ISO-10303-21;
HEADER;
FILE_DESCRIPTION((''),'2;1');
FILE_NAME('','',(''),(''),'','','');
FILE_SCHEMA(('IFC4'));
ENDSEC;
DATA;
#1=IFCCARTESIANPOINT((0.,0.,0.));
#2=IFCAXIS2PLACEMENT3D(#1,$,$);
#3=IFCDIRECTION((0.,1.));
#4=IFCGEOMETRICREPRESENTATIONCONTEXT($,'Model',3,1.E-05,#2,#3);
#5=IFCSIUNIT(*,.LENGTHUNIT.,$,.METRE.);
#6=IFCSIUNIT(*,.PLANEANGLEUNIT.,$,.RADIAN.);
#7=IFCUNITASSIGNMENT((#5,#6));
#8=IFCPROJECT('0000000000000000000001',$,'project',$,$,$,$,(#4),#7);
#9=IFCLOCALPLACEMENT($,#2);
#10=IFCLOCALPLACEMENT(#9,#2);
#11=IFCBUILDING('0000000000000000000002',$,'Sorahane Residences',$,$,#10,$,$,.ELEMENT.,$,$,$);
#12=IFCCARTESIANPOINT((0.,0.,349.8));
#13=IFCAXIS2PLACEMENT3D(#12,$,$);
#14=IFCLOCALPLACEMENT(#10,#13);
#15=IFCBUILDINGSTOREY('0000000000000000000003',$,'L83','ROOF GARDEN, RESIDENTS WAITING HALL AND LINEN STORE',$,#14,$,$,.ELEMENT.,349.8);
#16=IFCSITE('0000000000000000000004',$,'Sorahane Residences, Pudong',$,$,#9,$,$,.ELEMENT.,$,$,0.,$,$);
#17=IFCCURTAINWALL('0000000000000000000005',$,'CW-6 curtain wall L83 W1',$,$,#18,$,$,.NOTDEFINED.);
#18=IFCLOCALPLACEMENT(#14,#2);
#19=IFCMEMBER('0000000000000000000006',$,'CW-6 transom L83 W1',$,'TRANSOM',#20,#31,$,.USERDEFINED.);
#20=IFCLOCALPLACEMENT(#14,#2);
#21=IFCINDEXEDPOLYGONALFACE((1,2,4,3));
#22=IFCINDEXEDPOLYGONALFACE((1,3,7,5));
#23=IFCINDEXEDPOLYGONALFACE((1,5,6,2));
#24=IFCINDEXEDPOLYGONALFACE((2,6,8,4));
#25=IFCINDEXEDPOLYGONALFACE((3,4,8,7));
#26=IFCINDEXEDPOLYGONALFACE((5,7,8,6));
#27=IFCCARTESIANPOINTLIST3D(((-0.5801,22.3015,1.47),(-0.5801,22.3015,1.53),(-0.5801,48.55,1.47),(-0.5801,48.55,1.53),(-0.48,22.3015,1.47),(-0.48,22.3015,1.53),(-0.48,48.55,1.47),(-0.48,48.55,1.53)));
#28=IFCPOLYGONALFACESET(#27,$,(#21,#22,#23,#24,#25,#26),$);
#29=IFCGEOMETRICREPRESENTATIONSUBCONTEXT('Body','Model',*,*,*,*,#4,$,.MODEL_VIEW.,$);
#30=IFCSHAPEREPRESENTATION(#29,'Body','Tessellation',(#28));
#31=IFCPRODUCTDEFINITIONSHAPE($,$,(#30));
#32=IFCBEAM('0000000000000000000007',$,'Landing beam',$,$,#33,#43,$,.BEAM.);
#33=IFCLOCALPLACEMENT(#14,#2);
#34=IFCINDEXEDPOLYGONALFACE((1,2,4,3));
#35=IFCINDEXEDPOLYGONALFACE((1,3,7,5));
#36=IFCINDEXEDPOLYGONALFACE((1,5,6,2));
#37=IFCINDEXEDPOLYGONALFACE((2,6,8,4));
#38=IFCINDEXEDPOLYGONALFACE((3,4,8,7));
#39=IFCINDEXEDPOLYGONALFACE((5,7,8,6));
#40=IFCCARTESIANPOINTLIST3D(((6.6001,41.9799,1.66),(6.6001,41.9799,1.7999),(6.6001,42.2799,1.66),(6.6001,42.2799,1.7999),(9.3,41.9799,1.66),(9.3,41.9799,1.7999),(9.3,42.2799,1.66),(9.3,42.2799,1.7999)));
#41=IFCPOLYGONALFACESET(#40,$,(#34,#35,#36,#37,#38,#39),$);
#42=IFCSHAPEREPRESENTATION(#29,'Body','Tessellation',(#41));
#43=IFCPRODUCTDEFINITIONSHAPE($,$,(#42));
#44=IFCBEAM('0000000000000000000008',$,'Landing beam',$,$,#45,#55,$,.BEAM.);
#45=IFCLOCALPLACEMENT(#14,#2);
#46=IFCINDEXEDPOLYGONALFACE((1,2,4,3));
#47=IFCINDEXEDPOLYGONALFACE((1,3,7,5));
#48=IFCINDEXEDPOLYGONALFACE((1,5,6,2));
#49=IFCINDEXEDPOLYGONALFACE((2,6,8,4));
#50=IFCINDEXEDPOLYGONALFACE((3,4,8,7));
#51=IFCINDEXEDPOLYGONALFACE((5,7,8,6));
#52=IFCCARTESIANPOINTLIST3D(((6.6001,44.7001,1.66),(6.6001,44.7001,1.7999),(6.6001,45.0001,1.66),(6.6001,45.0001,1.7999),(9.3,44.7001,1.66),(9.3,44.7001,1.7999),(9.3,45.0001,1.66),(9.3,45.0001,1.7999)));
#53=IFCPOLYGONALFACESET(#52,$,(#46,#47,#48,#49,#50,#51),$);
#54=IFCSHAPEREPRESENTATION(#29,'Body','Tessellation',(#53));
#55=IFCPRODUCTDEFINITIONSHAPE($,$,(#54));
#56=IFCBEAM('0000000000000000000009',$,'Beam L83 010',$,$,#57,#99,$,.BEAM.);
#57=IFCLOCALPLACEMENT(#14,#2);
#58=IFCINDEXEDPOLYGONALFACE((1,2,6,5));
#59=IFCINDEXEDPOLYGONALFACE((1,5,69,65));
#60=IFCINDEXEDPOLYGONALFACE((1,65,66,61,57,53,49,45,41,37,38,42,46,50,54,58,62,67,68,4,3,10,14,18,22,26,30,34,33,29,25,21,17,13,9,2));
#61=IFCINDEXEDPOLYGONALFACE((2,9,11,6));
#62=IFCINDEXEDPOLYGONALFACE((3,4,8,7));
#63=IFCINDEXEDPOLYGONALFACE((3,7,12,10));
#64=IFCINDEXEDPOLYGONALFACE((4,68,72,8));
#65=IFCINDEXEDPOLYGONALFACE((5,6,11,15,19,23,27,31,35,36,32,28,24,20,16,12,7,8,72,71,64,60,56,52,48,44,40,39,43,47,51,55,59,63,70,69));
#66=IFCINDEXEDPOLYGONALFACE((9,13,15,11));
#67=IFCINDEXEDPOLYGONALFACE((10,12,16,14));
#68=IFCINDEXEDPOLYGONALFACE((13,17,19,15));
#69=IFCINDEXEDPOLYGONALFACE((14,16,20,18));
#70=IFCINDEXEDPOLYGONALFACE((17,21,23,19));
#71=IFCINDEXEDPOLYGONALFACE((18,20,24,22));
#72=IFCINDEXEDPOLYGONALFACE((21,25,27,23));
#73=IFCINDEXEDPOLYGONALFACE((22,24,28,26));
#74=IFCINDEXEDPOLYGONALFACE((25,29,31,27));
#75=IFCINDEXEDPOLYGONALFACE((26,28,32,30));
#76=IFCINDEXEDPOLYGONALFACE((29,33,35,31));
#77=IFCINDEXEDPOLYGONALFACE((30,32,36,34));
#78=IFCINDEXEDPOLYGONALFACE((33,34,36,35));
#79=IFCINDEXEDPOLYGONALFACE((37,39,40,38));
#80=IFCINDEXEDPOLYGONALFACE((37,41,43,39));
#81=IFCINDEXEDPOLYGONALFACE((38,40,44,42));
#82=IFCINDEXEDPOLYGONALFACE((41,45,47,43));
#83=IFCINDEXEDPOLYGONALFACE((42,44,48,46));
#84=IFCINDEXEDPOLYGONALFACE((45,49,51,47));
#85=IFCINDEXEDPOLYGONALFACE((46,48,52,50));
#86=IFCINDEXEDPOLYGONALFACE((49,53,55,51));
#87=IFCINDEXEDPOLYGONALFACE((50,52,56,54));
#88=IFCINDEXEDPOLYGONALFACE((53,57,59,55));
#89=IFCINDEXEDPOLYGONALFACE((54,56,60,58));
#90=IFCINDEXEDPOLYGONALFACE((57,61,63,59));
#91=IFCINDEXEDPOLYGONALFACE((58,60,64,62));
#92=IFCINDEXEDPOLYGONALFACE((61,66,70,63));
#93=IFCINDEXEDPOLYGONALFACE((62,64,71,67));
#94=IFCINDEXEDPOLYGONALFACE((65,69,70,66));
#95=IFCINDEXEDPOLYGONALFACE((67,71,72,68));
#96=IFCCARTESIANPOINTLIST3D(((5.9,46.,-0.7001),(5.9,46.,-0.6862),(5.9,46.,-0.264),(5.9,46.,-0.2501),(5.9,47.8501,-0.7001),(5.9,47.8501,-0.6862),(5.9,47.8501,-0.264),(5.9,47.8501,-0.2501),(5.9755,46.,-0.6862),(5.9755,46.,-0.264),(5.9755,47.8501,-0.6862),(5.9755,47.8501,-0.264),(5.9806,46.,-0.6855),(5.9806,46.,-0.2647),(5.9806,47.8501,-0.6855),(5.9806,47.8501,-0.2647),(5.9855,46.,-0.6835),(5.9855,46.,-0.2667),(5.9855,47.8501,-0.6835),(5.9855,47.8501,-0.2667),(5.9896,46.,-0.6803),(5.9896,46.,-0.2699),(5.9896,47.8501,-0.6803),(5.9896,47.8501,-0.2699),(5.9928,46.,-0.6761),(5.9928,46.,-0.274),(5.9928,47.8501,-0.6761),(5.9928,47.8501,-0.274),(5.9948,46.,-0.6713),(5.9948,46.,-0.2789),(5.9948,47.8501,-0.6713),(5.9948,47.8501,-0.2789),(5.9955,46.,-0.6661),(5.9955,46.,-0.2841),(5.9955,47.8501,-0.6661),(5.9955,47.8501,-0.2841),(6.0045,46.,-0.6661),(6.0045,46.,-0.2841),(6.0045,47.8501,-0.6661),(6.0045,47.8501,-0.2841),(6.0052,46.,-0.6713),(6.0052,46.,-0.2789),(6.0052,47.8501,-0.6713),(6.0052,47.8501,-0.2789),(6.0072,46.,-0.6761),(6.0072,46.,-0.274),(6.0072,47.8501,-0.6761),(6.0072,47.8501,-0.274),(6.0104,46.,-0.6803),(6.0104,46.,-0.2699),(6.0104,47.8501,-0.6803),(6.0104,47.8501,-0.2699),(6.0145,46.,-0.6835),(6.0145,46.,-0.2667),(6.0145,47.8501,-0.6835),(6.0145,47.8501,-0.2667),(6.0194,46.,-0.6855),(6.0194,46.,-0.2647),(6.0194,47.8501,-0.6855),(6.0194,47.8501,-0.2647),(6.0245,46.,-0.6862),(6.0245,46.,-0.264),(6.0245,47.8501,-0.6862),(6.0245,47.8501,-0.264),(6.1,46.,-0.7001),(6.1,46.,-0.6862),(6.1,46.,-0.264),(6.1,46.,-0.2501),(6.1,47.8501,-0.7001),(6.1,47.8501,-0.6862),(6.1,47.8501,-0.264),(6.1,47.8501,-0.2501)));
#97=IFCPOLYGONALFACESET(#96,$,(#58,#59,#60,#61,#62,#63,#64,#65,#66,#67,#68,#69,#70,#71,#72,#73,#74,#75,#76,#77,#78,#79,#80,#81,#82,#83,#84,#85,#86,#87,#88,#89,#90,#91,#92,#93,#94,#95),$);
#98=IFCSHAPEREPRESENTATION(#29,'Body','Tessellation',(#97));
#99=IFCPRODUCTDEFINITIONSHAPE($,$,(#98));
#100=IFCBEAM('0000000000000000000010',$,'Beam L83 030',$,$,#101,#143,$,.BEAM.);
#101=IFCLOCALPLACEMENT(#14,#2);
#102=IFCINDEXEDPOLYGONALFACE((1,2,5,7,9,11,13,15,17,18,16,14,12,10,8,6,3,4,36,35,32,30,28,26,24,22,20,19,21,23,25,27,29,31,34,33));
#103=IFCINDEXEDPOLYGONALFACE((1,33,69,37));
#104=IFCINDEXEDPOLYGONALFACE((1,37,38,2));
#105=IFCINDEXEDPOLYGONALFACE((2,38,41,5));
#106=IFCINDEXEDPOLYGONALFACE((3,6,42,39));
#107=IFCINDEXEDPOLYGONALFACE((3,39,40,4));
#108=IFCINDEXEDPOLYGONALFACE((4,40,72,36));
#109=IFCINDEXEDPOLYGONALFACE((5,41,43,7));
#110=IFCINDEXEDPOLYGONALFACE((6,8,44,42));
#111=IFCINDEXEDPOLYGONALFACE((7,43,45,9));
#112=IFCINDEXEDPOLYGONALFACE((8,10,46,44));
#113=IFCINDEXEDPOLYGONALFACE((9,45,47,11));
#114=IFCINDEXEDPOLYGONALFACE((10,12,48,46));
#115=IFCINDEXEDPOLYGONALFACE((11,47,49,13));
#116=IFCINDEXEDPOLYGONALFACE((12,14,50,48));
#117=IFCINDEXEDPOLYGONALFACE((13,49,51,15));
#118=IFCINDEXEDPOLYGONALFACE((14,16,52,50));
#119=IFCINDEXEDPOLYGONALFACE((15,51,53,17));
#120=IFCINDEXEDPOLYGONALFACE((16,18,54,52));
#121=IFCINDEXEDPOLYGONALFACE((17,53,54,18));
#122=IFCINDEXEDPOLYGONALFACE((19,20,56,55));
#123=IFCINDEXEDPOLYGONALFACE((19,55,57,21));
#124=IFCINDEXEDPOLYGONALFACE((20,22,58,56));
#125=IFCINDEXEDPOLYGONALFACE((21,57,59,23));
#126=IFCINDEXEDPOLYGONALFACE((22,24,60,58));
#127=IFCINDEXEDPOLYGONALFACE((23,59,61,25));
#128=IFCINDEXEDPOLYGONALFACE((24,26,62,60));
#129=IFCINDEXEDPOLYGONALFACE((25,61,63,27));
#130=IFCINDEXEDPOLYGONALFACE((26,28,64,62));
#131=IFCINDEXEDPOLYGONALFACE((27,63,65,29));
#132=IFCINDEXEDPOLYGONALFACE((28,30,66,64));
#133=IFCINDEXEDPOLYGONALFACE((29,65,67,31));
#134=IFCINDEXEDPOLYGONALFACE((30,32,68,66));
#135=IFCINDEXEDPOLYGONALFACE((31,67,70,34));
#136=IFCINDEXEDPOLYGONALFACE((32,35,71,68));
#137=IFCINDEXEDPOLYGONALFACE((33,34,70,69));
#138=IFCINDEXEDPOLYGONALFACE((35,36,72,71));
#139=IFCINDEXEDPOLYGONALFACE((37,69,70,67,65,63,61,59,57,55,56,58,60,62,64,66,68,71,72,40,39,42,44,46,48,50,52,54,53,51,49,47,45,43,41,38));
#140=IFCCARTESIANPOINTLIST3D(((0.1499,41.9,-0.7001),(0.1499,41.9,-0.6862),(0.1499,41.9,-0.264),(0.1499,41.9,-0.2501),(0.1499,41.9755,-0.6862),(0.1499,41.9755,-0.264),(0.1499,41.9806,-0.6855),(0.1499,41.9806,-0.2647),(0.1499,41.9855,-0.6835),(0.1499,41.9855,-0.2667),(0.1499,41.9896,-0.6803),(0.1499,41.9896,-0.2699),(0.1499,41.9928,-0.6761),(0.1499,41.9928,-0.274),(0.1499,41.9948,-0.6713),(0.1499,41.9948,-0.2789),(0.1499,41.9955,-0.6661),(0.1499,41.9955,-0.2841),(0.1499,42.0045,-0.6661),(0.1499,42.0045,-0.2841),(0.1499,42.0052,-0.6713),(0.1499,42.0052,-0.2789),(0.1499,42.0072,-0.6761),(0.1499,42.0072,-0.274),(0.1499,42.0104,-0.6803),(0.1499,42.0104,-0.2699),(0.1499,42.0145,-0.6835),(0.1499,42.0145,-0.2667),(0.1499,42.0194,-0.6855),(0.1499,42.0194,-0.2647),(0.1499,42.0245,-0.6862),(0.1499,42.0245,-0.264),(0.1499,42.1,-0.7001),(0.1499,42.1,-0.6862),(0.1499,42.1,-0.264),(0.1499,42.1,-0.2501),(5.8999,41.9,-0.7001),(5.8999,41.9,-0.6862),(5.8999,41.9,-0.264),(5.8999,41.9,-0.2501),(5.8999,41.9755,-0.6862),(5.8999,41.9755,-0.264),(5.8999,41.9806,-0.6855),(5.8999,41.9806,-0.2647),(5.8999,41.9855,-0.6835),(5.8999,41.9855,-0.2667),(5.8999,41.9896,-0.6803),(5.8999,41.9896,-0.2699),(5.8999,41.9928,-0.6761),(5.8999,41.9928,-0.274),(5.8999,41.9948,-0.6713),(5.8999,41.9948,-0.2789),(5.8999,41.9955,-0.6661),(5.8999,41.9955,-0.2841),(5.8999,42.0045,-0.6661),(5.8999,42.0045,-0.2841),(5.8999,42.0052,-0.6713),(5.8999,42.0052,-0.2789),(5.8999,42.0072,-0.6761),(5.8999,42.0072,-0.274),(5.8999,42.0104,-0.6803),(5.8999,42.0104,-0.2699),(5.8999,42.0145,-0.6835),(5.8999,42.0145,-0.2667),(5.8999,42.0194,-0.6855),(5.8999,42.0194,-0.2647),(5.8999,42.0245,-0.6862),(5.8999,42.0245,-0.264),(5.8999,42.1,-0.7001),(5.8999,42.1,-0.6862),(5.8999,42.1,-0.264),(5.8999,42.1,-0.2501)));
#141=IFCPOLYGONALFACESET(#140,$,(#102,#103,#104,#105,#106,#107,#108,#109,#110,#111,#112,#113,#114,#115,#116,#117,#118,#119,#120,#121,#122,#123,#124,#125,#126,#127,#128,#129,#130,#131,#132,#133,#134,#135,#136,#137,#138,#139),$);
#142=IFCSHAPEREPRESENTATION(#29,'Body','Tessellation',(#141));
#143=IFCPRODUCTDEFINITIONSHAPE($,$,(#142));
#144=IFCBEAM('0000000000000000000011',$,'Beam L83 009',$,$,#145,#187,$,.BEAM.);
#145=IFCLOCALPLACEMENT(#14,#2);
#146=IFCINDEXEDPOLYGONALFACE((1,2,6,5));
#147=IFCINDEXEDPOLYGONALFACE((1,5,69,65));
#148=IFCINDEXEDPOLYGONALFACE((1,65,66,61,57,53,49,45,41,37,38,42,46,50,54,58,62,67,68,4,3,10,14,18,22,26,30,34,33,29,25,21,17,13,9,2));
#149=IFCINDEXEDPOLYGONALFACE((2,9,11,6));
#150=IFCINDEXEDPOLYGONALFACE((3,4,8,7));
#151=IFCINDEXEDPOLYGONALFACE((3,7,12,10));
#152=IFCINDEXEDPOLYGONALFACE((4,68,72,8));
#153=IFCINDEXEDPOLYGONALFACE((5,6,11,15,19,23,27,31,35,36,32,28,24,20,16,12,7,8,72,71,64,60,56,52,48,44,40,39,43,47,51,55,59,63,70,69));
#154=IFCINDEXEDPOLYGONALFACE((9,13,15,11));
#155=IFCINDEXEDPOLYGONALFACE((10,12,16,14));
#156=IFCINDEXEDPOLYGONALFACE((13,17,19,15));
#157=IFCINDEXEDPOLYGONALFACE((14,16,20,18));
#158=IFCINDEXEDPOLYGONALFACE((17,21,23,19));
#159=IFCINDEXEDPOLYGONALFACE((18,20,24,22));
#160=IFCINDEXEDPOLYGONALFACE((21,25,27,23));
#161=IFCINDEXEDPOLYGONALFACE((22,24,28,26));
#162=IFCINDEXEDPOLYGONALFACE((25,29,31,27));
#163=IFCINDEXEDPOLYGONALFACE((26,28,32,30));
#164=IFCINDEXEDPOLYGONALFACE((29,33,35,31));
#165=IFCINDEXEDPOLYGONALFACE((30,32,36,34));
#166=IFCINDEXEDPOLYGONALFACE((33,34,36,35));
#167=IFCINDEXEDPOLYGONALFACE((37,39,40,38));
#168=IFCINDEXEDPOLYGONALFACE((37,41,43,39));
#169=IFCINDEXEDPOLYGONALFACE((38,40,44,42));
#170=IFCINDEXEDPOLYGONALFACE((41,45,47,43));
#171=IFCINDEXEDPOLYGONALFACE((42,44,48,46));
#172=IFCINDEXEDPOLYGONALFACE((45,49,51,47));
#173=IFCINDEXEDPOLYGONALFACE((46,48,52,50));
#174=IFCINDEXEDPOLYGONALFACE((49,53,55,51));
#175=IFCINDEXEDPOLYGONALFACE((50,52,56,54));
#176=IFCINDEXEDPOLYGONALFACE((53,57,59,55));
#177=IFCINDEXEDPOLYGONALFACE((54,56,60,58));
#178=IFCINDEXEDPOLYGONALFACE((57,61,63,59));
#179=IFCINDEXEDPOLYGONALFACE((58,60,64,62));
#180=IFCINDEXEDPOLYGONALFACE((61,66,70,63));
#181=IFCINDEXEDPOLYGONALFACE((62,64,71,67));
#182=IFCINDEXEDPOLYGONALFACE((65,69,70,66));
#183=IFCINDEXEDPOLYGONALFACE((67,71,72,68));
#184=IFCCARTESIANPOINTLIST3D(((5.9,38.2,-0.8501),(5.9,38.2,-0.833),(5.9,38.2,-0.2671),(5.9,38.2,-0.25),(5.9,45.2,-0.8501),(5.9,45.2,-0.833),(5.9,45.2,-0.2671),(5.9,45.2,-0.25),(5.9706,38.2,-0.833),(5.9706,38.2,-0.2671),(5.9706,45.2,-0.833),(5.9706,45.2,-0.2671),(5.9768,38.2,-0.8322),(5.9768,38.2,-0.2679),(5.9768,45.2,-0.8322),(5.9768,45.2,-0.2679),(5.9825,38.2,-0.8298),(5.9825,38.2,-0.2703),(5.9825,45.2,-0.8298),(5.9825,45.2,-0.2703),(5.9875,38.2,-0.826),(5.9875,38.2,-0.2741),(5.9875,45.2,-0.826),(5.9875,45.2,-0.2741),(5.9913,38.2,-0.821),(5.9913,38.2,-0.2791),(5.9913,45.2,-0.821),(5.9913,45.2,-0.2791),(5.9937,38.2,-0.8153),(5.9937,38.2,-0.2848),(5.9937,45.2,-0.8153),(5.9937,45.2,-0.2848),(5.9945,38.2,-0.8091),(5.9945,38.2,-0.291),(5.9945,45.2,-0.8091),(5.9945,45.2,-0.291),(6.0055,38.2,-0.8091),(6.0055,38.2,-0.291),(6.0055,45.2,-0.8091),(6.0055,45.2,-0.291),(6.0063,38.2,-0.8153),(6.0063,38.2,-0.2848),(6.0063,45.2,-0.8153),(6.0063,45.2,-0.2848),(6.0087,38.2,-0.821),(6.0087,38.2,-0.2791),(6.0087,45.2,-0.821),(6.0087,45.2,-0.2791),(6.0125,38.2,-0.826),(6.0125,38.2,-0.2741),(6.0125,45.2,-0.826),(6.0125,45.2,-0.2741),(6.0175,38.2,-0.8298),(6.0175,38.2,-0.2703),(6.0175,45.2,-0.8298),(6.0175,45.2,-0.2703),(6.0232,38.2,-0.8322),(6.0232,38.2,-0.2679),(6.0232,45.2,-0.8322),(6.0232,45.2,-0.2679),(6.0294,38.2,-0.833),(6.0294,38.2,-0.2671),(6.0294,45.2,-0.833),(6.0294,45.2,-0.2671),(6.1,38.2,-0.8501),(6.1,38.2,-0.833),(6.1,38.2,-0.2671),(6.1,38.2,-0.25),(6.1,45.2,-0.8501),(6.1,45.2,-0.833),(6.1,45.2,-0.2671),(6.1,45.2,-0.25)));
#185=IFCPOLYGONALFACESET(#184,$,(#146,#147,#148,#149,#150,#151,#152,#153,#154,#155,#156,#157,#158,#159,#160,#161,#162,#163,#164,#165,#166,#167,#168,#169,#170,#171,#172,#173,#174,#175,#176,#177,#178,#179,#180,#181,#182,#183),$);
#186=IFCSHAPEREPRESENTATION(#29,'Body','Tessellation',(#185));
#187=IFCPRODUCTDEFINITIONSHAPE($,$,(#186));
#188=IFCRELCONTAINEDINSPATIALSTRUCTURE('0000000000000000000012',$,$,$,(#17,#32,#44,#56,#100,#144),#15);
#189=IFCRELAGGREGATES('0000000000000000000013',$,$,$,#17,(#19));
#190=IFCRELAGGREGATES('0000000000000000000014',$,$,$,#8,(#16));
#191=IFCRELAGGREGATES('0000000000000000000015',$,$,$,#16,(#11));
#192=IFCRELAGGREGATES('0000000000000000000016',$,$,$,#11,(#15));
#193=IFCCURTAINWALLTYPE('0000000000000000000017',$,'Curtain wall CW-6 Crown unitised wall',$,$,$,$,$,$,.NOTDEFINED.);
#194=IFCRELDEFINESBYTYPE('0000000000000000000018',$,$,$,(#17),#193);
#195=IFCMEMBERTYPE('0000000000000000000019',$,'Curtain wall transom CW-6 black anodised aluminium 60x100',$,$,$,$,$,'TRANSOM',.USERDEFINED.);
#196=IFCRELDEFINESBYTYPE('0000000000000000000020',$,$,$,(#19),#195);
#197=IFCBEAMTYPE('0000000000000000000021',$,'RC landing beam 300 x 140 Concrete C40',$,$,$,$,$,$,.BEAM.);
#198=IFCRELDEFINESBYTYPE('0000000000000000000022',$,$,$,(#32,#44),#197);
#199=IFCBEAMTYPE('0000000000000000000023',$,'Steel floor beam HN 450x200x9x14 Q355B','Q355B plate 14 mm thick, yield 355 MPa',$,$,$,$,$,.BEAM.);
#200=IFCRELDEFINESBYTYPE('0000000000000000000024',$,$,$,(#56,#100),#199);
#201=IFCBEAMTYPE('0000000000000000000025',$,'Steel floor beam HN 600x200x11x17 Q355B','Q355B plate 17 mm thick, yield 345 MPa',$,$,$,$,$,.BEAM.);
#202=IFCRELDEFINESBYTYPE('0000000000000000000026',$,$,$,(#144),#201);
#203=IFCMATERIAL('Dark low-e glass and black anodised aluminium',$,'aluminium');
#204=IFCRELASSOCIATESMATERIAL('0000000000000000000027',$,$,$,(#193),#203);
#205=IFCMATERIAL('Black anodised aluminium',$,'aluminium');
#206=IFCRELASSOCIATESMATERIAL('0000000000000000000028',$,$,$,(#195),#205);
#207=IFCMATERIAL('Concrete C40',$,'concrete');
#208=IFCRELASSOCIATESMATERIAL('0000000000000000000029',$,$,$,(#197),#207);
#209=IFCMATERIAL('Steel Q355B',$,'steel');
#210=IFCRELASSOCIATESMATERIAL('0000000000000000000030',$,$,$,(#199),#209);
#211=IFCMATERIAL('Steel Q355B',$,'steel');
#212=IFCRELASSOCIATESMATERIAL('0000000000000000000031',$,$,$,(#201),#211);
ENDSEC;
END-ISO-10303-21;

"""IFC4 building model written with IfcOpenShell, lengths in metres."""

from ifc_helpers import new_model, si_unit, direction, frame, origin, origin_2d, place, context, subcontext, project, spatial, rectangle, i_section, extrude, material, material_profile, profile_set, type_object, element, aggregate, save


model = new_model("IFC4")

# Units and contexts
model_context = context("Model", 3, precision=1e-05, world=origin(), true_north=direction((0.0, 1.0)))
body_context = subcontext(model_context, "Body", "Model", "MODEL_VIEW")
ifc_project = project(units=[si_unit("LENGTHUNIT", "METRE"), si_unit("PLANEANGLEUNIT", "RADIAN")], contexts=[model_context])

# Site, building, storey
site_placement = place(None, origin())
site = spatial("IfcSite", under=ifc_project, at=site_placement, Name="Sorahane Residences, Pudong", CompositionType="ELEMENT", RefElevation=0.0)
building_placement = place(site_placement, origin())
building = spatial("IfcBuilding", under=site, at=building_placement, Name="Sorahane Residences", CompositionType="ELEMENT")
storey_placement = place(building_placement, frame((0.0, 0.0, 349.8)))
storey = spatial("IfcBuildingStorey", under=building, at=storey_placement, Name="L83", Description="ROOF GARDEN, RESIDENTS WAITING HALL AND LINEN STORE", CompositionType="ELEMENT", Elevation=349.8)

# Curtain wall, member
ifc_material_1 = material(Name="Dark low-e glass and black anodised aluminium", Category="aluminium")
curtain_wall_type = type_object("IfcCurtainWallType", Name="Curtain wall CW-6 Crown unitised wall", PredefinedType="NOTDEFINED", material=ifc_material_1)
curtain_wall_1_placement = place(storey_placement, origin())
curtain_wall_1 = element("IfcCurtainWall", 1, at=curtain_wall_1_placement, inside=storey, type_object=curtain_wall_type, Name="CW-6 curtain wall L83 W1", PredefinedType="NOTDEFINED")
ifc_material_2 = material(Name="Black anodised aluminium", Category="aluminium")
ifc_material_profile_1 = material_profile(ifc_material_2, rectangle(XDim=0.1001, YDim=0.0601, at=origin_2d()), Name="Curtain wall transom CW-6 black anodised aluminium 60x100")
ifc_profile_set_1 = profile_set([ifc_material_profile_1], Name="Black anodised aluminium")
member_type_1 = type_object("IfcMemberType", Name="Curtain wall transom CW-6 black anodised aluminium 60x100", ElementType="TRANSOM", PredefinedType="USERDEFINED", material=ifc_profile_set_1)
member_1_placement = place(storey_placement, frame((-0.53, 48.55, 1.5), z_axis=(0.0, -1.0, 0.0), x_axis=(1.0, 0.0, 0.0)))
member_1 = element("IfcMember", 2, at=member_1_placement, type_object=member_type_1, Name="CW-6 transom L83 W1", ObjectType="TRANSOM", PredefinedType="USERDEFINED", context=body_context, shape_type="SweptSolid", body=[
    extrude(rectangle(XDim=0.1001, YDim=0.0601, at=origin_2d()), origin(), (0.0, 0.0, 1.0), 26.2485),
])

# Beams
ifc_material_3 = material(Name="Concrete C40", Category="concrete")
ifc_material_profile_2 = material_profile(ifc_material_3, rectangle(XDim=0.3, YDim=0.1399, at=origin_2d()), Name="300x140")
ifc_profile_set_2 = profile_set([ifc_material_profile_2], Name="Concrete C40")
beam_type_1 = type_object("IfcBeamType", Name="RC landing beam 300 x 140 Concrete C40", PredefinedType="BEAM", material=ifc_profile_set_2)
for number, where, z_axis, x_axis, name in (
    (3, (6.6001, 42.1299, 1.73), (1.0, 0.0, 0.0), (0.0, 1.0, 0.0), "Landing beam"),
    (4, (6.6001, 44.8501, 1.73), (1.0, 0.0, 0.0), (0.0, 1.0, 0.0), "Landing beam"),
):
    element("IfcBeam", number, at=place(storey_placement, frame(where, z_axis=z_axis, x_axis=x_axis)), inside=storey, type_object=beam_type_1, Name=name, PredefinedType="BEAM", context=body_context, shape_type="SweptSolid", body=[
        extrude(rectangle(XDim=0.3, YDim=0.1399, at=origin_2d()), origin(), (0.0, 0.0, 1.0), 2.7),
    ])
ifc_material_4 = material(Name="Steel Q355B", Category="steel")
ifc_material_profile_3 = material_profile(ifc_material_4, i_section(OverallWidth=0.2, OverallDepth=0.45, WebThickness=0.009, FlangeThickness=0.0139, FilletRadius=0.02, at=origin_2d()), Name="HN 450x200x9x14")
ifc_profile_set_3 = profile_set([ifc_material_profile_3], Name="Steel Q355B")
beam_type_2 = type_object("IfcBeamType", Name="Steel floor beam HN 450x200x9x14 Q355B", Description="Q355B plate 14 mm thick, yield 355 MPa", PredefinedType="BEAM", material=ifc_profile_set_3)
beam_1_placement = place(storey_placement, frame((6.0, 46.0, -0.4751), z_axis=(0.0, 1.0, 0.0), x_axis=(-1.0, 0.0, 0.0)))
element("IfcBeam", 5, at=beam_1_placement, inside=storey, type_object=beam_type_2, Name="Beam L83 010", PredefinedType="BEAM", context=body_context, shape_type="SweptSolid", body=[
    extrude(i_section(OverallWidth=0.2, OverallDepth=0.45, WebThickness=0.009, FlangeThickness=0.0139, FilletRadius=0.02, at=origin_2d()), origin(), (0.0, 0.0, 1.0), 1.8501),
])
beam_2_placement = place(storey_placement, frame((0.1499, 42.0, -0.4751), z_axis=(1.0, 0.0, 0.0), x_axis=(0.0, 1.0, 0.0)))
element("IfcBeam", 6, at=beam_2_placement, inside=storey, type_object=beam_type_2, Name="Beam L83 030", PredefinedType="BEAM", context=body_context, shape_type="SweptSolid", body=[
    extrude(i_section(OverallWidth=0.2, OverallDepth=0.45, WebThickness=0.009, FlangeThickness=0.0139, FilletRadius=0.02, at=origin_2d()), origin(), (0.0, 0.0, 1.0), 5.75),
])
ifc_material_5 = material(Name="Steel Q355B", Category="steel")
ifc_material_profile_4 = material_profile(ifc_material_5, i_section(OverallWidth=0.2, OverallDepth=0.6001, WebThickness=0.011, FlangeThickness=0.0171, FilletRadius=0.0239, at=origin_2d()), Name="HN 600x200x11x17")
ifc_profile_set_4 = profile_set([ifc_material_profile_4], Name="Steel Q355B")
beam_type_3 = type_object("IfcBeamType", Name="Steel floor beam HN 600x200x11x17 Q355B", Description="Q355B plate 17 mm thick, yield 345 MPa", PredefinedType="BEAM", material=ifc_profile_set_4)
beam_3_placement = place(storey_placement, frame((6.0, 38.2, -0.55), z_axis=(0.0, 1.0, 0.0), x_axis=(-1.0, 0.0, 0.0)))
element("IfcBeam", 7, at=beam_3_placement, inside=storey, type_object=beam_type_3, Name="Beam L83 009", PredefinedType="BEAM", context=body_context, shape_type="SweptSolid", body=[
    extrude(i_section(OverallWidth=0.2, OverallDepth=0.6001, WebThickness=0.011, FlangeThickness=0.0171, FilletRadius=0.0239, at=origin_2d()), origin(), (0.0, 0.0, 1.0), 7.0),
])

aggregate(curtain_wall_1, [member_1])

save(model, "model.ifc")
